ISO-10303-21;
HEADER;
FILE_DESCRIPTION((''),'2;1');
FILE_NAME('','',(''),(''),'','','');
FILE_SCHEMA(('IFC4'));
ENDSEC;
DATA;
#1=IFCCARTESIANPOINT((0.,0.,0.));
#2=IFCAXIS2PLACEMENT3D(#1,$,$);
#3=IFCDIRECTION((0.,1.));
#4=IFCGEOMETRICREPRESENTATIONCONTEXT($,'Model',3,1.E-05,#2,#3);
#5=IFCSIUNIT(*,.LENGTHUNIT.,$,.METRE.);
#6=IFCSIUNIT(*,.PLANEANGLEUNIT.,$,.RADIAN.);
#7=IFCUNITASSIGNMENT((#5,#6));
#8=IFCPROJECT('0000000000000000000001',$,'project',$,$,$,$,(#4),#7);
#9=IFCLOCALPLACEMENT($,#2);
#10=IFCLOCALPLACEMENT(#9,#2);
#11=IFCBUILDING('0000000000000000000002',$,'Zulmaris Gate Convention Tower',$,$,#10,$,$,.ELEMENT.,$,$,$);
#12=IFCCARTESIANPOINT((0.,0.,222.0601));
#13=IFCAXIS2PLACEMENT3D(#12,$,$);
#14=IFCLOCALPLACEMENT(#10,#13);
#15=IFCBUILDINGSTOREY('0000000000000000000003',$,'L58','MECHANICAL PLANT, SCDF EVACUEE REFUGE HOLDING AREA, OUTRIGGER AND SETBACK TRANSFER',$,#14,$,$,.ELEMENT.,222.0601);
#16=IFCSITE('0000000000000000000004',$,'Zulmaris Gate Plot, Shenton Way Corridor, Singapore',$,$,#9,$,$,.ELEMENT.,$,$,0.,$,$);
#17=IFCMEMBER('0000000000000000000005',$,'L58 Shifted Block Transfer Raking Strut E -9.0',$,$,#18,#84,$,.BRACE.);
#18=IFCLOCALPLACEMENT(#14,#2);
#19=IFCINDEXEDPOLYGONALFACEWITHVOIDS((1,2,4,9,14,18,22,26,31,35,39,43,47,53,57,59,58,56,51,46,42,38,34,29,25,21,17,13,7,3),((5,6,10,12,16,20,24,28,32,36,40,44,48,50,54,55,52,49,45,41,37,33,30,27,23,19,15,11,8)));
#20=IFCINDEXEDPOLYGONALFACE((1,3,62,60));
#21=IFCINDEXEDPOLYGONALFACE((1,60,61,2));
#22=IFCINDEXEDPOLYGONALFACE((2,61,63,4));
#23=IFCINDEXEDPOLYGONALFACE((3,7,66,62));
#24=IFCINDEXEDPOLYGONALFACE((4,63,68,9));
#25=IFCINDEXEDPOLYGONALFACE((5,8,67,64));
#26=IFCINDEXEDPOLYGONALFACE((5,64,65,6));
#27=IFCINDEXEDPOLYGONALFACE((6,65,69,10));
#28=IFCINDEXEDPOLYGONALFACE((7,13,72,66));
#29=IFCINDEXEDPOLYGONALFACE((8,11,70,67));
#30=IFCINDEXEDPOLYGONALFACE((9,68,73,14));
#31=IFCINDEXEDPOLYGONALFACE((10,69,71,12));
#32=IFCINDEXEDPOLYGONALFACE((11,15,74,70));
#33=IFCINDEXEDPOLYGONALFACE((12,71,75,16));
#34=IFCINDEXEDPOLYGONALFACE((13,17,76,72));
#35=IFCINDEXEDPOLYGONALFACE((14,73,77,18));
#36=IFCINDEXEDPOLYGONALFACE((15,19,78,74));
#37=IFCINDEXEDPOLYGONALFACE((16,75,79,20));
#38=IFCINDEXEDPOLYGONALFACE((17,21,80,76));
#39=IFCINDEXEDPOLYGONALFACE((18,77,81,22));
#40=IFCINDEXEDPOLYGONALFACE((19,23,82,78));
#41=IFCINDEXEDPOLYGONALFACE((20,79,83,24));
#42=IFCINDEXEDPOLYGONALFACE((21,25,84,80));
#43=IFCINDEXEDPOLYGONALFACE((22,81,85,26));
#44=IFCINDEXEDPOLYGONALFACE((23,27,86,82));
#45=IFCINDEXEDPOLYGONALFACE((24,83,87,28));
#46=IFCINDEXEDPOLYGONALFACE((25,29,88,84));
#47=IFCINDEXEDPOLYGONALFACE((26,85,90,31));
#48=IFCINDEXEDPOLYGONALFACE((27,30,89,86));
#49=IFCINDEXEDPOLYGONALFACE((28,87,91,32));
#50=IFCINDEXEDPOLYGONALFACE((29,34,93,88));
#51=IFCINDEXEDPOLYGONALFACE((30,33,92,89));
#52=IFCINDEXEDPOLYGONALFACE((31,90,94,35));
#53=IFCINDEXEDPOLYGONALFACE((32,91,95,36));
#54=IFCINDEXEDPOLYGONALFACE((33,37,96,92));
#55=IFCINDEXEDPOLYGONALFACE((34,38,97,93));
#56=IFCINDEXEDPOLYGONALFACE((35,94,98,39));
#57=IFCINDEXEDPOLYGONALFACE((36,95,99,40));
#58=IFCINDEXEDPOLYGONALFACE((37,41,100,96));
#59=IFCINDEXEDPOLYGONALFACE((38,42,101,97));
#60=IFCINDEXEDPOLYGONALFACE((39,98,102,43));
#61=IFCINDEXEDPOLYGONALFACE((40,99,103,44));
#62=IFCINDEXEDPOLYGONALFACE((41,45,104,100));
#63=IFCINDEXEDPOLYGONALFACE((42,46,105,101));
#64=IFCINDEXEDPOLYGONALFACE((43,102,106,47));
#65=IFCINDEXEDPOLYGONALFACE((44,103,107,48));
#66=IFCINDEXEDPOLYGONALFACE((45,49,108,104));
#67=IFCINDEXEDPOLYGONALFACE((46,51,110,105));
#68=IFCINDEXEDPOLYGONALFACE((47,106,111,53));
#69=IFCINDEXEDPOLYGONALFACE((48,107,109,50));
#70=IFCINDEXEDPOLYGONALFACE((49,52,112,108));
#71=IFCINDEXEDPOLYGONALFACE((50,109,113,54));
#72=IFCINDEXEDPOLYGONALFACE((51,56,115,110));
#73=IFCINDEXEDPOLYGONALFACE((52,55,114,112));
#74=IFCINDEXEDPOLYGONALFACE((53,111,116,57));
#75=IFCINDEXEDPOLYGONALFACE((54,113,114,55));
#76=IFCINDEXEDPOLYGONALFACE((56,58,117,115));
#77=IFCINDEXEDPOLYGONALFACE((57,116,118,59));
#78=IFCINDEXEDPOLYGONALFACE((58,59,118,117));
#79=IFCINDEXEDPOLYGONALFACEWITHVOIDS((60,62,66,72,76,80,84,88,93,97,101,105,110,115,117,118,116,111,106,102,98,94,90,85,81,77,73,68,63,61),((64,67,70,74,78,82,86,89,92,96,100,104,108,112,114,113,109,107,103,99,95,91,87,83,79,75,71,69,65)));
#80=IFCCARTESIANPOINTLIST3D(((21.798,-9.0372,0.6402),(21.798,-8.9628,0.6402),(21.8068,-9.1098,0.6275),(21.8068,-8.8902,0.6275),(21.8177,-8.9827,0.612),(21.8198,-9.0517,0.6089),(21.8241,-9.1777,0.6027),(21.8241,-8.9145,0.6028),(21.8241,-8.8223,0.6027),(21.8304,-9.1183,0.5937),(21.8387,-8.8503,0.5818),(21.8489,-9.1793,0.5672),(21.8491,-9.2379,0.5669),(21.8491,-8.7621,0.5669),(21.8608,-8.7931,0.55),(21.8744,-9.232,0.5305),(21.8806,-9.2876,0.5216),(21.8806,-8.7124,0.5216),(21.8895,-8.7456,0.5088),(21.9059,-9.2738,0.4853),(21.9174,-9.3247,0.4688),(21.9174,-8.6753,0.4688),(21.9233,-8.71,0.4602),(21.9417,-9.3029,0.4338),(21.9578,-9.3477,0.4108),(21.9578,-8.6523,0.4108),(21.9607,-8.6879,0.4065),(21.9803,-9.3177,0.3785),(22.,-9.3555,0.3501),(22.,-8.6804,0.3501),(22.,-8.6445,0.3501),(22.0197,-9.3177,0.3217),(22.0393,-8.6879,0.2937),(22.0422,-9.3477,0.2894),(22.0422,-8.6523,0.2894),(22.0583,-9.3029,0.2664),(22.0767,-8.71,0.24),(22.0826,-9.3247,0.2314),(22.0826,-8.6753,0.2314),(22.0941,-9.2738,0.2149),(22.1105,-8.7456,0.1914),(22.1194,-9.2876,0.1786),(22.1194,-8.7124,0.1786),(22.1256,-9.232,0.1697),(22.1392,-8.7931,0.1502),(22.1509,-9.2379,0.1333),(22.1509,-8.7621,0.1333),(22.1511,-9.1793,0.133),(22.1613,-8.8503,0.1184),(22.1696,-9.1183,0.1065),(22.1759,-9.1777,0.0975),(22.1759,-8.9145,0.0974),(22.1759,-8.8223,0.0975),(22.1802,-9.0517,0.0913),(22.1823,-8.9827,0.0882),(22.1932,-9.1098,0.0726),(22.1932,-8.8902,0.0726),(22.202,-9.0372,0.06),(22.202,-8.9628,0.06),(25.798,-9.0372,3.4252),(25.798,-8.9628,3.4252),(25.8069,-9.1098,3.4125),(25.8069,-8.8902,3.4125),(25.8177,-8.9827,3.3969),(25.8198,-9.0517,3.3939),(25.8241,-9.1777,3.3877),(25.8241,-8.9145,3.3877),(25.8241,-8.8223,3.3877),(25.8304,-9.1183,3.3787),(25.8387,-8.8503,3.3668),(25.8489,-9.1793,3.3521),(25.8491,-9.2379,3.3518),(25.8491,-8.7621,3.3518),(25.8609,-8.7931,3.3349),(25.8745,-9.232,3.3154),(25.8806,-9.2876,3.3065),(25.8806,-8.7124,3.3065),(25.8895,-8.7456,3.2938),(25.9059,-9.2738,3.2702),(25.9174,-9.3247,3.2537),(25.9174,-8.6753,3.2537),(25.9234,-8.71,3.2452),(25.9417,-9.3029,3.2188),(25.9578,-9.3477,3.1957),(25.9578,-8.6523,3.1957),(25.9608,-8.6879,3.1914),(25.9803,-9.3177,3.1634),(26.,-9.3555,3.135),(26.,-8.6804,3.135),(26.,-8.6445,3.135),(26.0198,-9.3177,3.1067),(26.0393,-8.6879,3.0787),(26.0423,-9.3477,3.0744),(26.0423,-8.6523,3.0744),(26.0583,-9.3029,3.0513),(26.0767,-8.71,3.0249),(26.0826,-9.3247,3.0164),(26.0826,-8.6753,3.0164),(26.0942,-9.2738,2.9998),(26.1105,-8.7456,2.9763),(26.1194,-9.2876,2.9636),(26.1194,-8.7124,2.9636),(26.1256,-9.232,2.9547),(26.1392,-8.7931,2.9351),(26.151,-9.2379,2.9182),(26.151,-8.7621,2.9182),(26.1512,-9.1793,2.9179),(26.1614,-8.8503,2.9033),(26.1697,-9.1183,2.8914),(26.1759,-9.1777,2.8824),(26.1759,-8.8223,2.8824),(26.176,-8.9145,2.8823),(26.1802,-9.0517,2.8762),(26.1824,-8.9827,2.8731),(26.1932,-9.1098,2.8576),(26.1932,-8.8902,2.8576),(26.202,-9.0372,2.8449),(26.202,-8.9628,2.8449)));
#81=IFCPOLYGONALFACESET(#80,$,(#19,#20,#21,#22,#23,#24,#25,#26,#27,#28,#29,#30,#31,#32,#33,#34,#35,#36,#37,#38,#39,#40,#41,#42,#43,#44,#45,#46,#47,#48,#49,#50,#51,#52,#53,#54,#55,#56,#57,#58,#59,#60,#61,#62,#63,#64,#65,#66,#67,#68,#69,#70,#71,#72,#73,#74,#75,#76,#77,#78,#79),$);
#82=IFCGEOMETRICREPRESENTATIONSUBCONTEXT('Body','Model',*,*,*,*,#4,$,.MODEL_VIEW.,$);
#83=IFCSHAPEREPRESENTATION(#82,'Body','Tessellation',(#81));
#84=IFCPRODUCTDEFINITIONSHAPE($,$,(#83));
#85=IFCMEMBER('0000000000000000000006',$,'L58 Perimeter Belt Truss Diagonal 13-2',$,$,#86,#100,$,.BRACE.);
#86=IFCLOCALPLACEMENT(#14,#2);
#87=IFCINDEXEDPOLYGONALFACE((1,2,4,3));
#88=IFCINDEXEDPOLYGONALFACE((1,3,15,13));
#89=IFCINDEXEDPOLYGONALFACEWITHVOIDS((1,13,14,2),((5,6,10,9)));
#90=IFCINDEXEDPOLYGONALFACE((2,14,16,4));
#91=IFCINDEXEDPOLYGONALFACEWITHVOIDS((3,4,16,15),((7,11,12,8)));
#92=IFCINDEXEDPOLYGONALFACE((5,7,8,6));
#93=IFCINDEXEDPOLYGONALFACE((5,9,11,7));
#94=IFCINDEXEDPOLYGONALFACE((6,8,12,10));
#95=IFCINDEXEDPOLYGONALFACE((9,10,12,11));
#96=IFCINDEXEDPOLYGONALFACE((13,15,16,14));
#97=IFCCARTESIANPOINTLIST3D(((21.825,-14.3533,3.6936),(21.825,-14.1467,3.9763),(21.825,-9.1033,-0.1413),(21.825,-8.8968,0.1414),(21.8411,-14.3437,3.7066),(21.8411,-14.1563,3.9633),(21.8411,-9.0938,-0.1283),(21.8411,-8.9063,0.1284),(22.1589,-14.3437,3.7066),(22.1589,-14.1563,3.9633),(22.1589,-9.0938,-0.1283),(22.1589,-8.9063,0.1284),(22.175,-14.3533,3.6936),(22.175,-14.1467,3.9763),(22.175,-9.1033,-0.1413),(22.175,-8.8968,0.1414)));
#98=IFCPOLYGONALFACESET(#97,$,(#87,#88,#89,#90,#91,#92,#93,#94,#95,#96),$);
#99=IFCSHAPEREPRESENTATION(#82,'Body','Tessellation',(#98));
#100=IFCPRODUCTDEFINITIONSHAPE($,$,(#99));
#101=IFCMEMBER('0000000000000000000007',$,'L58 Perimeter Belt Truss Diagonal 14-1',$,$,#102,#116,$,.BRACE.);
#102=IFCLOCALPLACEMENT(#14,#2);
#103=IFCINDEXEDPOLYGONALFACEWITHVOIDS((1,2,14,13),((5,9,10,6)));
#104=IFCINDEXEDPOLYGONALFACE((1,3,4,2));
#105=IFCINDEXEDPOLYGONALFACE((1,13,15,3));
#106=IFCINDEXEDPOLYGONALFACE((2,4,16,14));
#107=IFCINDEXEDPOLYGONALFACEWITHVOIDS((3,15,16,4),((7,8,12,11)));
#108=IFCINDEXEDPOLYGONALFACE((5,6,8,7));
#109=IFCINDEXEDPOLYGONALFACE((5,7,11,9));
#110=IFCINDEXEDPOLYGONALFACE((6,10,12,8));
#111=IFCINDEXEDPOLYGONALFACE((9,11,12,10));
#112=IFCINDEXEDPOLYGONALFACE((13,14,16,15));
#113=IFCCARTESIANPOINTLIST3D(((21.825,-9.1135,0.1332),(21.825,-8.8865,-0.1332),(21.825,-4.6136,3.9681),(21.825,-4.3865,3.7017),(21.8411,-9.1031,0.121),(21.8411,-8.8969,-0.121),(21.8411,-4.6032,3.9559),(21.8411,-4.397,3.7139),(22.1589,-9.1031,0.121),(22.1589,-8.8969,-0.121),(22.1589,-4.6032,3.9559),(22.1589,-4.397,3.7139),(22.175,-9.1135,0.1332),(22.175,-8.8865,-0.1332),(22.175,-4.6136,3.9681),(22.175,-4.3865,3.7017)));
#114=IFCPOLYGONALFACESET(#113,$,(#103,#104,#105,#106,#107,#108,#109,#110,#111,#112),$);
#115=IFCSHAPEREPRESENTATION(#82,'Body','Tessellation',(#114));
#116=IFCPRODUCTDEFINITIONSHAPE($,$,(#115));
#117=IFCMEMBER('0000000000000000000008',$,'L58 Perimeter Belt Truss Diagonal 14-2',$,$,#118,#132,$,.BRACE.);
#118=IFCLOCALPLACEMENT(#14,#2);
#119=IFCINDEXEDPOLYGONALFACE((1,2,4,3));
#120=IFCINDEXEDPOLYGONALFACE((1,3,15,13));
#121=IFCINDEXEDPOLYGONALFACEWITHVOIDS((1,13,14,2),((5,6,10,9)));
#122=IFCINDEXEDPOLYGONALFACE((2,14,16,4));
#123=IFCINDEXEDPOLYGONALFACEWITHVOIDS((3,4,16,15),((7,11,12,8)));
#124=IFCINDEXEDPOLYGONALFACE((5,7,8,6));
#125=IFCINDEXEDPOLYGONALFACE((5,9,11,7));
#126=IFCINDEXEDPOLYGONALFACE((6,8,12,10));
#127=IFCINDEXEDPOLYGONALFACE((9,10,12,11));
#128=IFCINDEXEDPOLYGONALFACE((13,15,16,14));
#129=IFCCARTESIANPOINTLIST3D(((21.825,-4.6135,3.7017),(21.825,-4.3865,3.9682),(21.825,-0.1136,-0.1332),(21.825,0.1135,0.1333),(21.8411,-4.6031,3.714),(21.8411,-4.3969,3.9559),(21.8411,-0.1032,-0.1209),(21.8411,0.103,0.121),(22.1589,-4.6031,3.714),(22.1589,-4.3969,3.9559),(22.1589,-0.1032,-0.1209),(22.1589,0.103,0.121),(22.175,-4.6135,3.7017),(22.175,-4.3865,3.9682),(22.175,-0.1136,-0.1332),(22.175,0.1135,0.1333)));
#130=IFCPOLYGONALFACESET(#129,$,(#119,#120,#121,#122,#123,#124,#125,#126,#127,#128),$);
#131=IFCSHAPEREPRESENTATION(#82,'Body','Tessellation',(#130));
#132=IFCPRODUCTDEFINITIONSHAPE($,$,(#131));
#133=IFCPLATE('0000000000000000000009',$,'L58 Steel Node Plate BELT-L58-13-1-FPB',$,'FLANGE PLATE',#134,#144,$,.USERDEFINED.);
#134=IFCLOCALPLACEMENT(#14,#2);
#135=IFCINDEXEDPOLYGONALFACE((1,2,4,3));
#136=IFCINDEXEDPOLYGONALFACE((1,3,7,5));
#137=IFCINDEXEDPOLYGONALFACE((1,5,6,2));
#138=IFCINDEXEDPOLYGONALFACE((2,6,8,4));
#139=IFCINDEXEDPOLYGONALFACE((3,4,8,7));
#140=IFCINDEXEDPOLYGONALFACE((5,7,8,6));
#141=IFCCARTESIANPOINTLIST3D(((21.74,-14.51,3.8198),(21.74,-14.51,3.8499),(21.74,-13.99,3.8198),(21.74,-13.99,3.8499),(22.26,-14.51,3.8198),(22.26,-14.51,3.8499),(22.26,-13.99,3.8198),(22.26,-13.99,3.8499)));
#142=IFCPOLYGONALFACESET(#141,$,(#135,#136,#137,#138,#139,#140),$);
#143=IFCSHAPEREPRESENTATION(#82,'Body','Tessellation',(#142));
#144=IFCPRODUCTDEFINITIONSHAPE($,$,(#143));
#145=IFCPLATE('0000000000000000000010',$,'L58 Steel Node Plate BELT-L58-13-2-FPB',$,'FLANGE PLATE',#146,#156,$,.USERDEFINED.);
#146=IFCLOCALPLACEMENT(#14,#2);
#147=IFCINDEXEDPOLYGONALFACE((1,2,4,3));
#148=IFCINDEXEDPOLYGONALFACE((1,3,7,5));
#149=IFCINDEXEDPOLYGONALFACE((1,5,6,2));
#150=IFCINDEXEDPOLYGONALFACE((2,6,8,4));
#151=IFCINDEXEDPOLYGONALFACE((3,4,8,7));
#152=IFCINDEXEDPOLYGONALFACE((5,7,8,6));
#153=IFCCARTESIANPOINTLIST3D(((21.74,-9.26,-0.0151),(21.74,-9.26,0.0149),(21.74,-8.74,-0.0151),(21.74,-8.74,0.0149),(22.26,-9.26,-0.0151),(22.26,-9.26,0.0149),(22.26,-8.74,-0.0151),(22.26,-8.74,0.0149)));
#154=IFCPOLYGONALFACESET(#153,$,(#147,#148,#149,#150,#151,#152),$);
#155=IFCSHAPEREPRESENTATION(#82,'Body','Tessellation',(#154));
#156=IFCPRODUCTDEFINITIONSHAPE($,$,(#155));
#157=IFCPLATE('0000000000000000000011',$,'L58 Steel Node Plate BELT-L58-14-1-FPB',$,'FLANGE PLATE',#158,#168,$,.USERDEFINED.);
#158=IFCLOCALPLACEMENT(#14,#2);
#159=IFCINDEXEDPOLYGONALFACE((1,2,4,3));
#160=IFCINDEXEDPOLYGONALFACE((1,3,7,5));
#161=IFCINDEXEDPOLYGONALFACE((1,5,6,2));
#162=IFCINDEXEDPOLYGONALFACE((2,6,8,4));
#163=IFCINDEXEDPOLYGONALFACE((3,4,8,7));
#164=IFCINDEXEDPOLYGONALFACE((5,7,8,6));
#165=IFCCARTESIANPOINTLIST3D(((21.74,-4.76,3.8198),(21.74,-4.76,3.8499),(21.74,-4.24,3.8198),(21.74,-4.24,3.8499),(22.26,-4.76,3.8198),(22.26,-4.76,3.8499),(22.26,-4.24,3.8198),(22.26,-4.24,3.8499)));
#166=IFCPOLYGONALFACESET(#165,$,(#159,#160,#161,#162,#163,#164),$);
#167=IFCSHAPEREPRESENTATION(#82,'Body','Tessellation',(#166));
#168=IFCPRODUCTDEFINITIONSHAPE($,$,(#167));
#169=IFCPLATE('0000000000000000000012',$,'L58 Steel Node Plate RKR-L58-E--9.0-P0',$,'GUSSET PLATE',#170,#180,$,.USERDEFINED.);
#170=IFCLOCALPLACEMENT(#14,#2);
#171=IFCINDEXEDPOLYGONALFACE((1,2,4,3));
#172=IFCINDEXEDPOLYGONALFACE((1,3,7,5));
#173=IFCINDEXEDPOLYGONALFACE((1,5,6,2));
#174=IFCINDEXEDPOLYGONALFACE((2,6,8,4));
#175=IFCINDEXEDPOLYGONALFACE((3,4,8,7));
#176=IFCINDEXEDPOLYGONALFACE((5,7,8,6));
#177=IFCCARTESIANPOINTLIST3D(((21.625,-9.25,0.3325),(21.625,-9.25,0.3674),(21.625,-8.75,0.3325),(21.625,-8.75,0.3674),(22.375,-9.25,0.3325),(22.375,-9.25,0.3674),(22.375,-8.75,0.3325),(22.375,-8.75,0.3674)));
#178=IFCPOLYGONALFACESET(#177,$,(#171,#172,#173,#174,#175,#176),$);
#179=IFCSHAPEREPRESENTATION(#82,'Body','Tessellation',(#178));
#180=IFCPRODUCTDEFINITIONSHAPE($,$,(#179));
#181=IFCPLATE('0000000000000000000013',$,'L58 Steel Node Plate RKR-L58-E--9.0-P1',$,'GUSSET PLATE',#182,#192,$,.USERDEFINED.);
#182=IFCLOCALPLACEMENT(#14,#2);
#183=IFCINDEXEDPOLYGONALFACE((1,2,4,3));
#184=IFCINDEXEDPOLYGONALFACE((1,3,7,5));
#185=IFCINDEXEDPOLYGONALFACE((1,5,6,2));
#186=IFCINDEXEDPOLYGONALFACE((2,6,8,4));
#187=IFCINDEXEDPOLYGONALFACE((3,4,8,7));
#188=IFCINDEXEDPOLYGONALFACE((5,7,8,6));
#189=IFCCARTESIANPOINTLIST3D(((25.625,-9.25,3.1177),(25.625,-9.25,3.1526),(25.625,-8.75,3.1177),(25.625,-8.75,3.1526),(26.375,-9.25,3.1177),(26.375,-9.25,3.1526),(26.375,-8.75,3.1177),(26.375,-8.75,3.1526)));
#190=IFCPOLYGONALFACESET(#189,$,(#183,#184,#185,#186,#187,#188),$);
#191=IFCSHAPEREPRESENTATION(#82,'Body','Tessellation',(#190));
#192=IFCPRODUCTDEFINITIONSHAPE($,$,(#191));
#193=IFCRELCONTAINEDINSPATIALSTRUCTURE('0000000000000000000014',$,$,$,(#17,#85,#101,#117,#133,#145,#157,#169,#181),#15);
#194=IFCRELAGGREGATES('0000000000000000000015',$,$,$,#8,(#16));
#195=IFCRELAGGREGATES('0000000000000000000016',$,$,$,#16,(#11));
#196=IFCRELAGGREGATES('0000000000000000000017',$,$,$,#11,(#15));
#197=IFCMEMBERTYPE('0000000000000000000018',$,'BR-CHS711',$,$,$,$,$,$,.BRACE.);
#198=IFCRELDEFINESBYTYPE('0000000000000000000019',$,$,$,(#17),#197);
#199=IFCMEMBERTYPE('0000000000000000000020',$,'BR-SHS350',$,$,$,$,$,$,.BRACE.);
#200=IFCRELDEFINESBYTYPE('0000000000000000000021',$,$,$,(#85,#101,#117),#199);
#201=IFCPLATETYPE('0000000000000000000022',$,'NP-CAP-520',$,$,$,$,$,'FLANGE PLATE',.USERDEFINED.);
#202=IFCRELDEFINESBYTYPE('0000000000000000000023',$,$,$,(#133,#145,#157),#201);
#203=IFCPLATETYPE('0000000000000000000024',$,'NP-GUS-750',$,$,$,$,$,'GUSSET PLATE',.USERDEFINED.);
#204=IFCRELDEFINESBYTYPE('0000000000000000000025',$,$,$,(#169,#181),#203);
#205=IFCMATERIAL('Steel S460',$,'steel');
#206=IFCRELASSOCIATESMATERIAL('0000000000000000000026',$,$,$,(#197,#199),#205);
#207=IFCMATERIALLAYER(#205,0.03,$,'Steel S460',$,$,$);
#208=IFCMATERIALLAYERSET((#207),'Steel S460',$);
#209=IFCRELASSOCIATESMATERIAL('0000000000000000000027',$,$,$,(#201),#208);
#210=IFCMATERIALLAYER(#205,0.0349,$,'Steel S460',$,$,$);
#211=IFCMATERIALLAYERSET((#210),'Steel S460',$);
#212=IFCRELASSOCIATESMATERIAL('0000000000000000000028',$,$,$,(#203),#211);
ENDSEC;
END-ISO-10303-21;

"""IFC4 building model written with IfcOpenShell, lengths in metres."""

from ifc_helpers import new_model, si_unit, direction, frame, origin, origin_2d, place, context, subcontext, project, spatial, rectangle, hollow_rectangle, hollow_circle, extrude, material, layer, layer_set, material_profile, profile_set, type_object, element, save


model = new_model("IFC4")

# Units and contexts
model_context = context("Model", 3, precision=1e-05, world=origin(), true_north=direction((0.0, 1.0)))
body_context = subcontext(model_context, "Body", "Model", "MODEL_VIEW")
ifc_project = project(units=[si_unit("LENGTHUNIT", "METRE"), si_unit("PLANEANGLEUNIT", "RADIAN")], contexts=[model_context])

# Site, building, storey
site_placement = place(None, origin())
site = spatial("IfcSite", under=ifc_project, at=site_placement, Name="Zulmaris Gate Plot, Shenton Way Corridor, Singapore", CompositionType="ELEMENT", RefElevation=0.0)
building_placement = place(site_placement, origin())
building = spatial("IfcBuilding", under=site, at=building_placement, Name="Zulmaris Gate Convention Tower", CompositionType="ELEMENT")
storey_placement = place(building_placement, frame((0.0, 0.0, 222.0601)))
storey = spatial("IfcBuildingStorey", under=building, at=storey_placement, Name="L58", Description="MECHANICAL PLANT, SCDF EVACUEE REFUGE HOLDING AREA, OUTRIGGER AND SETBACK TRANSFER", CompositionType="ELEMENT", Elevation=222.0601)

# Shared definitions
ifc_material_1 = material(Name="Steel S460", Category="steel")

# Members
ifc_material_profile_1 = material_profile(ifc_material_1, hollow_circle(Radius=0.3555, WallThickness=0.0359, at=origin_2d()), Name="CHS 711x36")
ifc_profile_set_1 = profile_set([ifc_material_profile_1], Name="Steel S460")
member_type_1 = type_object("IfcMemberType", Name="BR-CHS711", PredefinedType="BRACE", material=ifc_profile_set_1)
member_1_placement = place(storey_placement, frame((22.0, -9.0, 0.3501), z_axis=(0.820684, 0.0, 0.571383), x_axis=(0.0, 1.0, 0.0)))
element("IfcMember", 1, at=member_1_placement, inside=storey, type_object=member_type_1, Name="L58 Shifted Block Transfer Raking Strut E -9.0", PredefinedType="BRACE", context=body_context, shape_type="SweptSolid", body=[
    extrude(hollow_circle(Radius=0.3555, WallThickness=0.0359, at=origin_2d()), origin(), (0.0, 0.0, 1.0), 4.874),
])
ifc_material_profile_2 = material_profile(ifc_material_1, hollow_rectangle(XDim=0.3501, YDim=0.3501, WallThickness=0.0161, at=origin_2d()), Name="SHS 350x350x16")
ifc_profile_set_2 = profile_set([ifc_material_profile_2], Name="Steel S460")
member_type_2 = type_object("IfcMemberType", Name="BR-SHS350", PredefinedType="BRACE", material=ifc_profile_set_2)
member_2_placement = place(storey_placement, frame((22.0, -14.25, 3.835), z_axis=(0.0, 0.807507, -0.589858), x_axis=(-1.0, 0.0, 0.0)))
element("IfcMember", 2, at=member_2_placement, inside=storey, type_object=member_type_2, Name="L58 Perimeter Belt Truss Diagonal 13-2", PredefinedType="BRACE", context=body_context, shape_type="SweptSolid", body=[
    extrude(hollow_rectangle(XDim=0.3501, YDim=0.3501, WallThickness=0.0161, at=origin_2d()), origin(), (0.0, 0.0, 1.0), 6.5015),
])
for number, where, z_axis, x_axis, name in (
    (3, (22.0, -9.0, 0.0), (0.0, 0.761107, 0.648626), (-1.0, 0.0, 0.0), "L58 Perimeter Belt Truss Diagonal 14-1"),
    (4, (22.0, -4.5, 3.835), (0.0, 0.761107, -0.648626), (-1.0, 0.0, 0.0), "L58 Perimeter Belt Truss Diagonal 14-2"),
):
    element("IfcMember", number, at=place(storey_placement, frame(where, z_axis=z_axis, x_axis=x_axis)), inside=storey, type_object=member_type_2, Name=name, PredefinedType="BRACE", context=body_context, shape_type="SweptSolid", body=[
        extrude(hollow_rectangle(XDim=0.3501, YDim=0.3501, WallThickness=0.0161, at=origin_2d()), origin(), (0.0, 0.0, 1.0), 5.9124),
    ])

# Plates
ifc_layer_1 = layer(ifc_material_1, 0.03, Name="Steel S460")
ifc_layer_set_1 = layer_set([ifc_layer_1], Name="Steel S460")
plate_type_1 = type_object("IfcPlateType", Name="NP-CAP-520", ElementType="FLANGE PLATE", PredefinedType="USERDEFINED", material=ifc_layer_set_1)
for number, where, z_axis, x_axis, name in (
    (5, (22.0, -14.25, 3.8198), (0.0, 0.0, 1.0), (1.0, 0.0, 0.0), "L58 Steel Node Plate BELT-L58-13-1-FPB"),
    (6, (22.0, -9.0, -0.0151), (0.0, 0.0, 1.0), (1.0, 0.0, 0.0), "L58 Steel Node Plate BELT-L58-13-2-FPB"),
    (7, (22.0, -4.5, 3.8198), (0.0, 0.0, 1.0), (1.0, 0.0, 0.0), "L58 Steel Node Plate BELT-L58-14-1-FPB"),
):
    element("IfcPlate", number, at=place(storey_placement, frame(where, z_axis=z_axis, x_axis=x_axis)), inside=storey, type_object=plate_type_1, Name=name, ObjectType="FLANGE PLATE", PredefinedType="USERDEFINED", context=body_context, shape_type="SweptSolid", body=[
        extrude(rectangle(XDim=0.52, YDim=0.52, at=origin_2d()), origin(), (0.0, 0.0, 1.0), 0.03),
    ])
ifc_layer_2 = layer(ifc_material_1, 0.0349, Name="Steel S460")
ifc_layer_set_2 = layer_set([ifc_layer_2], Name="Steel S460")
plate_type_2 = type_object("IfcPlateType", Name="NP-GUS-750", ElementType="GUSSET PLATE", PredefinedType="USERDEFINED", material=ifc_layer_set_2)
for number, where, z_axis, x_axis, name in (
    (8, (22.0, -9.0, 0.3325), (0.0, 0.0, 1.0), (1.0, 0.0, 0.0), "L58 Steel Node Plate RKR-L58-E--9.0-P0"),
    (9, (26.0, -9.0, 3.1177), (0.0, 0.0, 1.0), (1.0, 0.0, 0.0), "L58 Steel Node Plate RKR-L58-E--9.0-P1"),
):
    element("IfcPlate", number, at=place(storey_placement, frame(where, z_axis=z_axis, x_axis=x_axis)), inside=storey, type_object=plate_type_2, Name=name, ObjectType="GUSSET PLATE", PredefinedType="USERDEFINED", context=body_context, shape_type="SweptSolid", body=[
        extrude(rectangle(XDim=0.75, YDim=0.5, at=origin_2d()), origin(), (0.0, 0.0, 1.0), 0.0349),
    ])

save(model, "model.ifc")
